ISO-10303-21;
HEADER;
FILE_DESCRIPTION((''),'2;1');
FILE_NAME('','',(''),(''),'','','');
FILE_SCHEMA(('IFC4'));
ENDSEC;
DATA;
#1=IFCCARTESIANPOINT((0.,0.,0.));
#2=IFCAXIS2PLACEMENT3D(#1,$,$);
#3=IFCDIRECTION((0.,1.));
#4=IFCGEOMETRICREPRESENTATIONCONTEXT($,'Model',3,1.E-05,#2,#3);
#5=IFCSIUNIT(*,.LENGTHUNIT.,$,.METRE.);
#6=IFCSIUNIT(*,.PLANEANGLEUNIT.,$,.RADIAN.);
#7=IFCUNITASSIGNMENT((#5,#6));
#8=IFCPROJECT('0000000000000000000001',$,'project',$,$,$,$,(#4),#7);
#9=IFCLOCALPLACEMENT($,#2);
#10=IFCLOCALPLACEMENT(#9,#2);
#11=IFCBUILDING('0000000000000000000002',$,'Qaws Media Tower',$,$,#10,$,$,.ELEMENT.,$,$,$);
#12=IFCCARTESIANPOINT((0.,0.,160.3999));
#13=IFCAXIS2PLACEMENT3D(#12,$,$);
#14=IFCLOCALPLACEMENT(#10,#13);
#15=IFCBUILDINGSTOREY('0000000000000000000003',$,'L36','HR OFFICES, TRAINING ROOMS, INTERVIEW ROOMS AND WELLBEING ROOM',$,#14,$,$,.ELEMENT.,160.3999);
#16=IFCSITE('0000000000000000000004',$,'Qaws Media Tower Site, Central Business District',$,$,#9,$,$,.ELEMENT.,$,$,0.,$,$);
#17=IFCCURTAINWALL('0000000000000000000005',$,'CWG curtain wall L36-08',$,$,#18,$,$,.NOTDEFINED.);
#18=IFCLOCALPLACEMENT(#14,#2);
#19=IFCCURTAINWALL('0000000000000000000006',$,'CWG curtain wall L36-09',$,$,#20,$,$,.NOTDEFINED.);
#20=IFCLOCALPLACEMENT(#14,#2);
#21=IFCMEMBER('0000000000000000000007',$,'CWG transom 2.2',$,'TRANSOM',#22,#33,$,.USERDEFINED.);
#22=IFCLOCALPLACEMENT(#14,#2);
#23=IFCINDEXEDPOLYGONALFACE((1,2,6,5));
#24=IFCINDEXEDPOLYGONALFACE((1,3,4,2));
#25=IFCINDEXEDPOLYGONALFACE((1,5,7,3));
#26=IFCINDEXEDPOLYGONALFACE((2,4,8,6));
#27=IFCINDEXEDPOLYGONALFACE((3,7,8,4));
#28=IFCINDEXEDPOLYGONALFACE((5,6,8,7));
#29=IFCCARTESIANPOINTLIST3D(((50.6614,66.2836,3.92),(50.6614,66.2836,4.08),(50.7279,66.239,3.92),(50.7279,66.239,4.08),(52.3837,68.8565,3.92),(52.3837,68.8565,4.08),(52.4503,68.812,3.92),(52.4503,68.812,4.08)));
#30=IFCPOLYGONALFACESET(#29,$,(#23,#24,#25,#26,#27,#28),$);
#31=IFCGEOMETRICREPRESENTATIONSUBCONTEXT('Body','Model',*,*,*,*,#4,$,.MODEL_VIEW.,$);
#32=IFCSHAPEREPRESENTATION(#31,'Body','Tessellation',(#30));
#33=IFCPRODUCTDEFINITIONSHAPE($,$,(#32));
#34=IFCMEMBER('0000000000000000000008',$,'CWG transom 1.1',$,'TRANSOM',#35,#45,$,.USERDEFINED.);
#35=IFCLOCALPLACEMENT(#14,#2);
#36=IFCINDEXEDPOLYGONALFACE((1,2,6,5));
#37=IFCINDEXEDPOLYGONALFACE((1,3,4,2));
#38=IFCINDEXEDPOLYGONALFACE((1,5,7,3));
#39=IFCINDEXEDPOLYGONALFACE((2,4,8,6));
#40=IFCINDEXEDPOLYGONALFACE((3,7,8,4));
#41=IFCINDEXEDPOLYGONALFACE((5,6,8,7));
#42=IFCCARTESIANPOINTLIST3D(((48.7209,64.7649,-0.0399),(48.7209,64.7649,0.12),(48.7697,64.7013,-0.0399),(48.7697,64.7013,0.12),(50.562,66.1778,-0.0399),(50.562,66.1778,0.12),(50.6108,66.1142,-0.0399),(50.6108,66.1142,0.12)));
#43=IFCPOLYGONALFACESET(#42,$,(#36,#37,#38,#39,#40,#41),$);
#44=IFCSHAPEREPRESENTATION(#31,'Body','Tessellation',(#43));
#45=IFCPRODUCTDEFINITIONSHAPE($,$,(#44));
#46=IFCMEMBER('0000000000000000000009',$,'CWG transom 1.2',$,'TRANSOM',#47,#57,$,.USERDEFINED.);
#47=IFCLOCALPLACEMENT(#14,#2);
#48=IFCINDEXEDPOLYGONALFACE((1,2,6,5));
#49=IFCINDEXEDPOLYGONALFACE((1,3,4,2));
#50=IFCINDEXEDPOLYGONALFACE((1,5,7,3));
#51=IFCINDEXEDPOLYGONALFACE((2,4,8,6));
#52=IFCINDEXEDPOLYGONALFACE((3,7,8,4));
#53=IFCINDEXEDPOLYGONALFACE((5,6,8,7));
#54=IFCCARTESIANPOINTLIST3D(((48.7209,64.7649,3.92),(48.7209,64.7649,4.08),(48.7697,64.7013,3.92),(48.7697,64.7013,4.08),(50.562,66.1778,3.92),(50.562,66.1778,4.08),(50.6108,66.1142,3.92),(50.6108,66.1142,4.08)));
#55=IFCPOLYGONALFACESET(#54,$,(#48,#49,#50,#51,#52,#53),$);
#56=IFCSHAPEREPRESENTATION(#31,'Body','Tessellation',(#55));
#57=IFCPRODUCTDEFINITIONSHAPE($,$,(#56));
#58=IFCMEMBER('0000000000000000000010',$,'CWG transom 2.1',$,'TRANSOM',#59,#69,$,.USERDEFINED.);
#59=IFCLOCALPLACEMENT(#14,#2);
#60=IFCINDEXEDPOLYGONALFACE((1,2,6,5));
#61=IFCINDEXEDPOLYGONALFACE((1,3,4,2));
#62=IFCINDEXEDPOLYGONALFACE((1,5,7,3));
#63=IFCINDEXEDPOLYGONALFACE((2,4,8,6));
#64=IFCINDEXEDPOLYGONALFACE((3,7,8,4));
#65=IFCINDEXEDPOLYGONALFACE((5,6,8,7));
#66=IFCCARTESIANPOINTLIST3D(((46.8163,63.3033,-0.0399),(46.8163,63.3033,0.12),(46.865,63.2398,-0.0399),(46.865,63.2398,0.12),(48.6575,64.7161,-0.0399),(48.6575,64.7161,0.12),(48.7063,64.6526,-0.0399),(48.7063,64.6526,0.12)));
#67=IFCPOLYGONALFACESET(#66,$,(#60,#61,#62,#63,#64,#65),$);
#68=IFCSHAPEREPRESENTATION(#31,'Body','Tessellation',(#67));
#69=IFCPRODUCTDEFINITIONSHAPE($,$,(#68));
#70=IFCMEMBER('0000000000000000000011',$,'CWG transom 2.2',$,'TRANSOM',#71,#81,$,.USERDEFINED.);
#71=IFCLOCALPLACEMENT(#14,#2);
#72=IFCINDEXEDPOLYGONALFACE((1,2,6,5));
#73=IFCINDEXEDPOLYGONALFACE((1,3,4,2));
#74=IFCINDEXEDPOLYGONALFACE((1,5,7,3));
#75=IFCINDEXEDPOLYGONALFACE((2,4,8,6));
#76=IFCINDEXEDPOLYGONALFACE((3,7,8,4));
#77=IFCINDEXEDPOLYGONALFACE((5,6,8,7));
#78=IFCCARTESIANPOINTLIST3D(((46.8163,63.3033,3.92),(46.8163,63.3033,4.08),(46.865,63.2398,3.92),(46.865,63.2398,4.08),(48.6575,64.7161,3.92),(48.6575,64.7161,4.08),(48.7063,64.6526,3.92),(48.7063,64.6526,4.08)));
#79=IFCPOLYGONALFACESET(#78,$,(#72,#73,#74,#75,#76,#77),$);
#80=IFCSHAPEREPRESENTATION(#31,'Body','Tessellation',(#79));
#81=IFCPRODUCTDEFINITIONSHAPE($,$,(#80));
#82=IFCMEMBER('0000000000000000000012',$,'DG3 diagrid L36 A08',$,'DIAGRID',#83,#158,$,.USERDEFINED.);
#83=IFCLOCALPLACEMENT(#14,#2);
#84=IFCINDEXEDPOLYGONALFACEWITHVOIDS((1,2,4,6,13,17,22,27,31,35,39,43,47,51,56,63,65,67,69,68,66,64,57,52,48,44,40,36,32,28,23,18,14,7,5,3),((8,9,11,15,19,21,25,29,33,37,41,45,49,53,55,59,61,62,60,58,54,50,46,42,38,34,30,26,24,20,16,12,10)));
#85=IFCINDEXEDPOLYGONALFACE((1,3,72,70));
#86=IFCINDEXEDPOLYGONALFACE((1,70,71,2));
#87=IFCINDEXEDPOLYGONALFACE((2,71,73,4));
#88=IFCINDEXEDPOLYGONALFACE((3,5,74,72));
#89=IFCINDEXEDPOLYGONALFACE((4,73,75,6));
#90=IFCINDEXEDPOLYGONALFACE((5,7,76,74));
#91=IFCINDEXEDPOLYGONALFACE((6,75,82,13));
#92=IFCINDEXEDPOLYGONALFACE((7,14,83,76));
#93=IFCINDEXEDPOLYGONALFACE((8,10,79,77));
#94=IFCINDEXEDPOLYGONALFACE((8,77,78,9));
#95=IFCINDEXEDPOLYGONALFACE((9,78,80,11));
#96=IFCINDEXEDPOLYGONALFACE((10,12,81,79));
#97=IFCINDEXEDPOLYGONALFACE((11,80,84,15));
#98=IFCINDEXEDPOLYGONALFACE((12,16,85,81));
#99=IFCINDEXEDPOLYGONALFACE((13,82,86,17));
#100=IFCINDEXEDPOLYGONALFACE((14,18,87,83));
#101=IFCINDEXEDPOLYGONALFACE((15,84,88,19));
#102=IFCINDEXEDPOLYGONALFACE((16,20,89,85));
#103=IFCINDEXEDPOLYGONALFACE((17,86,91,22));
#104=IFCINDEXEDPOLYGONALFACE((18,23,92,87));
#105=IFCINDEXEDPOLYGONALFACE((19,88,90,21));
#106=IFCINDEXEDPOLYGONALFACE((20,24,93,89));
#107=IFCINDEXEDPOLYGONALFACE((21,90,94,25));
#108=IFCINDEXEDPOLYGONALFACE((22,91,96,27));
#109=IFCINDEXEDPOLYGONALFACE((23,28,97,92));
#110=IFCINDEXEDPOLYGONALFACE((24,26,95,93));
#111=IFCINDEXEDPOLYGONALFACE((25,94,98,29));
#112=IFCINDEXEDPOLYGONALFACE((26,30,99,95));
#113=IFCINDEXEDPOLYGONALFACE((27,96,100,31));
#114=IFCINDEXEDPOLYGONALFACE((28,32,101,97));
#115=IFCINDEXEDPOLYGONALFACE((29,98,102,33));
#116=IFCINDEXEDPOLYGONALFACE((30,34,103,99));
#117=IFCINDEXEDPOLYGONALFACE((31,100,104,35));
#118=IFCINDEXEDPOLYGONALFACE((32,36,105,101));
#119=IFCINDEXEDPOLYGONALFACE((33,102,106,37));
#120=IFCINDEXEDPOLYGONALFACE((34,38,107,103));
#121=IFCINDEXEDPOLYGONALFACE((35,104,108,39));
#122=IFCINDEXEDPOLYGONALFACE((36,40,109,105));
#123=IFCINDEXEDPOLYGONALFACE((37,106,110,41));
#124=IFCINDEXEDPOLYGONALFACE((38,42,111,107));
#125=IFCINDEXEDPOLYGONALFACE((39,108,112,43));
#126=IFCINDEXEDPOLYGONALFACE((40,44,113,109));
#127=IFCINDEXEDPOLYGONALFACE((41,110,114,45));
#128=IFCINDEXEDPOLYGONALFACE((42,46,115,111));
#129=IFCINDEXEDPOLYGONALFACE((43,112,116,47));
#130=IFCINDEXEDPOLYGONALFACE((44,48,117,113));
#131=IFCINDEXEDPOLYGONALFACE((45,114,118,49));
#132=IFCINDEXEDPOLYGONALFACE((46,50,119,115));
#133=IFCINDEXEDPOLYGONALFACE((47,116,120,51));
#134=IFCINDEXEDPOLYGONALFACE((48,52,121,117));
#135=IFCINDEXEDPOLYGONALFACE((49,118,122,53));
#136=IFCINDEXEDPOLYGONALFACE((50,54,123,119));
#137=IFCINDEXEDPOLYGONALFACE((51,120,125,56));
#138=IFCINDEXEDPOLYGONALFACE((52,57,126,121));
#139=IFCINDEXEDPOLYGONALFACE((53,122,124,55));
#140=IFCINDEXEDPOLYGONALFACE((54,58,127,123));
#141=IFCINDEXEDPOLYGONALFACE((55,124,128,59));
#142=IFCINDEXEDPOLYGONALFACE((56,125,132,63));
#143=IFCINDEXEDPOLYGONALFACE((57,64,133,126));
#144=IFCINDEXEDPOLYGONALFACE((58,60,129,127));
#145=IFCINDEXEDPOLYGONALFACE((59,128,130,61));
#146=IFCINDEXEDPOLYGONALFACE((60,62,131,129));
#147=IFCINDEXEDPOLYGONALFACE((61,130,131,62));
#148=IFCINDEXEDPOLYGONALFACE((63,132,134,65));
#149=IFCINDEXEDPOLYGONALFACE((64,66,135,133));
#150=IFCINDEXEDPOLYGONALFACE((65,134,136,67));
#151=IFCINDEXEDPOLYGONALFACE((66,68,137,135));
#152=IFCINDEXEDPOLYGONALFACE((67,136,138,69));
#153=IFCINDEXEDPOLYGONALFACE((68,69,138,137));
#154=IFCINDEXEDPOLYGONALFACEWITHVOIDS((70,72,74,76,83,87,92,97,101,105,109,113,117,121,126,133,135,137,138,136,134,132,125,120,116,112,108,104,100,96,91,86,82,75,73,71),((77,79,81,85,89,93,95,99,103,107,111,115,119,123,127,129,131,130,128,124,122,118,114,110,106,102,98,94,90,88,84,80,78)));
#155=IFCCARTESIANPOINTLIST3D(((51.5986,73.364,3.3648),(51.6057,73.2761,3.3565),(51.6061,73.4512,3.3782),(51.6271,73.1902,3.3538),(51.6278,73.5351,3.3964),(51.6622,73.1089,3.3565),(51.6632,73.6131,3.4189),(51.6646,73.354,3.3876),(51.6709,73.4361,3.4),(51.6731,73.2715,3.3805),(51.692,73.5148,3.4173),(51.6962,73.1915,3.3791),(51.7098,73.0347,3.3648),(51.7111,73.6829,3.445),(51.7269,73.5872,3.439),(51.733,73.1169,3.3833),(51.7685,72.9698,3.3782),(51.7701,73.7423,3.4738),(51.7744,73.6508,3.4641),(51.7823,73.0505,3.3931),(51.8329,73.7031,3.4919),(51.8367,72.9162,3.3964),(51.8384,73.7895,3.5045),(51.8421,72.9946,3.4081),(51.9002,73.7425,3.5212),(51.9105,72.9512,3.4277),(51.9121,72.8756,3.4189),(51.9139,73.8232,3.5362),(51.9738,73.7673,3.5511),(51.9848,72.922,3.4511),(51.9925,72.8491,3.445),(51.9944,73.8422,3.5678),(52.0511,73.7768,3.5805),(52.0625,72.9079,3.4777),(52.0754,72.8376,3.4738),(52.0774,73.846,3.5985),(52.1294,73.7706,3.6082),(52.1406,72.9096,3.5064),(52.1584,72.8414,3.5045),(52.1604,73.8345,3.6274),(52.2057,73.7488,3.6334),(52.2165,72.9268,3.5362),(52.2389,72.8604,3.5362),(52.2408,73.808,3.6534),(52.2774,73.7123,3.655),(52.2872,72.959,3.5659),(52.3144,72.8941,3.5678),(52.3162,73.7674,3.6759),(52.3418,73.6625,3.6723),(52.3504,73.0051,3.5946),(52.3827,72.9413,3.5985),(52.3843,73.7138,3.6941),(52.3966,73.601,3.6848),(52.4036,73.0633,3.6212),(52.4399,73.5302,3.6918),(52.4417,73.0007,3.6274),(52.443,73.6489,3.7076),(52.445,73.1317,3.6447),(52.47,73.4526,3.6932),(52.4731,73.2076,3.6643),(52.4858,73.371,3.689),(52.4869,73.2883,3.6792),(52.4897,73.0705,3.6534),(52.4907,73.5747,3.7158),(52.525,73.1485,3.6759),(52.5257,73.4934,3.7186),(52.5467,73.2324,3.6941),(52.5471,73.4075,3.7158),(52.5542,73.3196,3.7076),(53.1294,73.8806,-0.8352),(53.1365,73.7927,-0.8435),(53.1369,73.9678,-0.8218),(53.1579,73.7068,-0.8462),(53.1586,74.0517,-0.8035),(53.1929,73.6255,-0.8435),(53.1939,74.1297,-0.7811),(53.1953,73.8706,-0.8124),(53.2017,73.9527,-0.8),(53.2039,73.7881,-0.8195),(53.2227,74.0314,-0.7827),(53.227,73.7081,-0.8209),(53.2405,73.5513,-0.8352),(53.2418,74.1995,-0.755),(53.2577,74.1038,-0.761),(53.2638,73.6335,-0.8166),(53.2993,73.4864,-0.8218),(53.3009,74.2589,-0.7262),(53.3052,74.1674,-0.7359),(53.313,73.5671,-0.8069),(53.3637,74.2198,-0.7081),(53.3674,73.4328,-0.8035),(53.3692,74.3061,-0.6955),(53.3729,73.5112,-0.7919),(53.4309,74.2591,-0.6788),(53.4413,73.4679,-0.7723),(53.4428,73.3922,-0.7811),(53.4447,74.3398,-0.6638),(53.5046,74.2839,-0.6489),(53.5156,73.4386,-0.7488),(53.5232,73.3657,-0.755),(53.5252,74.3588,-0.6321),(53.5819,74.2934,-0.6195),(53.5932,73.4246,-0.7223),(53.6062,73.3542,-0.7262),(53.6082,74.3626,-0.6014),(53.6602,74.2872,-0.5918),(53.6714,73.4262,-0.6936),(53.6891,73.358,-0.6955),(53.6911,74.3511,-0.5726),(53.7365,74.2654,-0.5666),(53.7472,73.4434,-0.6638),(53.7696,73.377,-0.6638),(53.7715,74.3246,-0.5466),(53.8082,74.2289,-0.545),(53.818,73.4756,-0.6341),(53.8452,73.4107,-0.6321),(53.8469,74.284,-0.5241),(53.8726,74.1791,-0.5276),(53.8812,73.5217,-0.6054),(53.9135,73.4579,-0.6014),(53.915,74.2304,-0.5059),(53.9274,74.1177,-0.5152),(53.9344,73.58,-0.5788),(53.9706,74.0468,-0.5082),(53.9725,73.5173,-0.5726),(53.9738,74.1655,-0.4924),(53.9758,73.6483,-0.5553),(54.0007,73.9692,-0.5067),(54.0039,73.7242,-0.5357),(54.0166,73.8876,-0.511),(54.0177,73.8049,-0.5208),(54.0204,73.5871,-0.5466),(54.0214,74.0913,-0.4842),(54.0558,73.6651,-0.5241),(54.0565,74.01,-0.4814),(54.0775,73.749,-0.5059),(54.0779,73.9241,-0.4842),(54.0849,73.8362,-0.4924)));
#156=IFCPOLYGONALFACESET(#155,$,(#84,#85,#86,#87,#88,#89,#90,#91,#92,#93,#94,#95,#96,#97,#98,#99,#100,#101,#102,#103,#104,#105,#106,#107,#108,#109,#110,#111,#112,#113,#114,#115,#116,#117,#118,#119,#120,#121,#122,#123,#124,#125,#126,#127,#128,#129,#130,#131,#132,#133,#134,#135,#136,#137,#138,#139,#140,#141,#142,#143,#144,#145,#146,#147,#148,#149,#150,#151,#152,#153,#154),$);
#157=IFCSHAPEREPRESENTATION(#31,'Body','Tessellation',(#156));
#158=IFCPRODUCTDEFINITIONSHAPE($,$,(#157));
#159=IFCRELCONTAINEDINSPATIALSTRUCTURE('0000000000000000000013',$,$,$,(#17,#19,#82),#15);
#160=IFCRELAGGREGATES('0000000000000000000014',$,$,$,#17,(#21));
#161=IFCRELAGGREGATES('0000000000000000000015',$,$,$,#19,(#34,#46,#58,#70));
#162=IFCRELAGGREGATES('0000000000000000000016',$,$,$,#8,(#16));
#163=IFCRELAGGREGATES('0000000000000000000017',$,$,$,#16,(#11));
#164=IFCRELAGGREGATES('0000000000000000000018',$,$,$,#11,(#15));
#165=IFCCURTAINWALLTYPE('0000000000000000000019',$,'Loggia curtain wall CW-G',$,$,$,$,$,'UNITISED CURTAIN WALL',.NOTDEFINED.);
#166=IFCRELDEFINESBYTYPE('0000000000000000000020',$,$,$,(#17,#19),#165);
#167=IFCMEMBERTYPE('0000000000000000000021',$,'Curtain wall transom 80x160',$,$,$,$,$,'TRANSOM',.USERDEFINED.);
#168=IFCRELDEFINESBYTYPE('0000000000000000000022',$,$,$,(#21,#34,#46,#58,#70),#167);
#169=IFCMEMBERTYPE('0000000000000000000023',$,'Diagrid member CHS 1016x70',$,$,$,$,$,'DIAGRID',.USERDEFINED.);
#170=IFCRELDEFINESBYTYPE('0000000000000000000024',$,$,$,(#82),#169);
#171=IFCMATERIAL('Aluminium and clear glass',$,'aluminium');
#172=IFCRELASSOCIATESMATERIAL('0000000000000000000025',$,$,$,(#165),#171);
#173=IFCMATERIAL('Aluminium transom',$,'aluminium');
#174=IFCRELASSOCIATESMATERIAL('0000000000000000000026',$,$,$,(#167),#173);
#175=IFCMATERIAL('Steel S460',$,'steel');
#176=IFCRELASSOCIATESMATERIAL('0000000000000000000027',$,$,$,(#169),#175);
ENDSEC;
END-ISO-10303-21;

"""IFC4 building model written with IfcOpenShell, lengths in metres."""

from ifc_helpers import new_model, si_unit, direction, frame, origin, origin_2d, place, context, subcontext, project, spatial, rectangle, hollow_circle, extrude, material, material_profile, profile_set, type_object, element, aggregate, save


model = new_model("IFC4")

# Units and contexts
model_context = context("Model", 3, precision=1e-05, world=origin(), true_north=direction((0.0, 1.0)))
body_context = subcontext(model_context, "Body", "Model", "MODEL_VIEW")
ifc_project = project(units=[si_unit("LENGTHUNIT", "METRE"), si_unit("PLANEANGLEUNIT", "RADIAN")], contexts=[model_context])

# Site, building, storey
site_placement = place(None, origin())
site = spatial("IfcSite", under=ifc_project, at=site_placement, Name="Qaws Media Tower Site, Central Business District", CompositionType="ELEMENT", RefElevation=0.0)
building_placement = place(site_placement, origin())
building = spatial("IfcBuilding", under=site, at=building_placement, Name="Qaws Media Tower", CompositionType="ELEMENT")
storey_placement = place(building_placement, frame((0.0, 0.0, 160.3999)))
storey = spatial("IfcBuildingStorey", under=building, at=storey_placement, Name="L36", Description="HR OFFICES, TRAINING ROOMS, INTERVIEW ROOMS AND WELLBEING ROOM", CompositionType="ELEMENT", Elevation=160.3999)

# Curtain walls
ifc_material_1 = material(Name="Aluminium and clear glass", Category="aluminium")
curtain_wall_type = type_object("IfcCurtainWallType", Name="Loggia curtain wall CW-G", ElementType="UNITISED CURTAIN WALL", PredefinedType="NOTDEFINED", material=ifc_material_1)
curtain_wall_1_placement = place(storey_placement, origin())
curtain_wall_1 = element("IfcCurtainWall", 1, at=curtain_wall_1_placement, inside=storey, type_object=curtain_wall_type, Name="CWG curtain wall L36-08", PredefinedType="NOTDEFINED")
curtain_wall_2_placement = place(storey_placement, origin())
curtain_wall_2 = element("IfcCurtainWall", 2, at=curtain_wall_2_placement, inside=storey, type_object=curtain_wall_type, Name="CWG curtain wall L36-09", PredefinedType="NOTDEFINED")

# Members
ifc_material_2 = material(Name="Aluminium transom", Category="aluminium")
ifc_material_profile_1 = material_profile(ifc_material_2, rectangle(XDim=0.0801, YDim=0.1599, at=origin_2d()), Name="80x160")
ifc_profile_set_1 = profile_set([ifc_material_profile_1], Name="Aluminium transom")
member_type_1 = type_object("IfcMemberType", Name="Curtain wall transom 80x160", ElementType="TRANSOM", PredefinedType="USERDEFINED", material=ifc_profile_set_1)
member_1_placement = place(storey_placement, frame((52.417, 68.8342, 4.0), z_axis=(-0.556282, -0.830993, 0.0), x_axis=(0.830993, -0.556282, 0.0)))
member_1 = element("IfcMember", 3, at=member_1_placement, type_object=member_type_1, Name="CWG transom 2.2", ObjectType="TRANSOM", PredefinedType="USERDEFINED", context=body_context, shape_type="SweptSolid", body=[
    extrude(rectangle(XDim=0.0801, YDim=0.1599, at=origin_2d()), origin(), (0.0, 0.0, 1.0), 3.0962),
])
member_2_placement = place(storey_placement, frame((50.5864, 66.146, 0.04), z_axis=(-0.793324, -0.6088, 0.0), x_axis=(0.6088, -0.793324, 0.0)))
member_2 = element("IfcMember", 4, at=member_2_placement, type_object=member_type_1, Name="CWG transom 1.1", ObjectType="TRANSOM", PredefinedType="USERDEFINED", context=body_context, shape_type="SweptSolid", body=[
    extrude(rectangle(XDim=0.0801, YDim=0.1599, at=origin_2d()), origin(), (0.0, 0.0, 1.0), 2.3208),
])
member_3_placement = place(storey_placement, frame((50.5864, 66.146, 4.0), z_axis=(-0.793324, -0.6088, 0.0), x_axis=(0.6088, -0.793324, 0.0)))
member_3 = element("IfcMember", 5, at=member_3_placement, type_object=member_type_1, Name="CWG transom 1.2", ObjectType="TRANSOM", PredefinedType="USERDEFINED", context=body_context, shape_type="SweptSolid", body=[
    extrude(rectangle(XDim=0.0801, YDim=0.1599, at=origin_2d()), origin(), (0.0, 0.0, 1.0), 2.3208),
])
member_4_placement = place(storey_placement, frame((48.6819, 64.6843, 0.04), z_axis=(-0.793362, -0.60875, 0.0), x_axis=(0.60875, -0.793362, 0.0)))
member_4 = element("IfcMember", 6, at=member_4_placement, type_object=member_type_1, Name="CWG transom 2.1", ObjectType="TRANSOM", PredefinedType="USERDEFINED", context=body_context, shape_type="SweptSolid", body=[
    extrude(rectangle(XDim=0.0801, YDim=0.1599, at=origin_2d()), origin(), (0.0, 0.0, 1.0), 2.3208),
])
member_5_placement = place(storey_placement, frame((48.6819, 64.6843, 4.0), z_axis=(-0.793362, -0.60875, 0.0), x_axis=(0.60875, -0.793362, 0.0)))
member_5 = element("IfcMember", 7, at=member_5_placement, type_object=member_type_1, Name="CWG transom 2.2", ObjectType="TRANSOM", PredefinedType="USERDEFINED", context=body_context, shape_type="SweptSolid", body=[
    extrude(rectangle(XDim=0.0801, YDim=0.1599, at=origin_2d()), origin(), (0.0, 0.0, 1.0), 2.3208),
])

# Member
ifc_material_3 = material(Name="Steel S460", Category="steel")
ifc_material_profile_2 = material_profile(ifc_material_3, hollow_circle(Radius=0.5081, WallThickness=0.0701, at=origin_2d()), Name="CHS 1016x70")
ifc_profile_set_2 = profile_set([ifc_material_profile_2], Name="Steel S460")
member_type_2 = type_object("IfcMemberType", Name="Diagrid member CHS 1016x70", ElementType="DIAGRID", PredefinedType="USERDEFINED", material=ifc_profile_set_2)
member_6_placement = place(storey_placement, frame((53.6072, 73.8584, -0.6638), z_axis=(-0.340172, -0.114801, 0.933329), x_axis=(0.319762, -0.947498, 0.0)))
element("IfcMember", 8, at=member_6_placement, inside=storey, type_object=member_type_2, Name="DG3 diagrid L36 A08", ObjectType="DIAGRID", PredefinedType="USERDEFINED", context=body_context, shape_type="SweptSolid", body=[
    extrude(hollow_circle(Radius=0.5081, WallThickness=0.0701, at=origin_2d()), origin(), (0.0, 0.0, 1.0), 4.5),
])

aggregate(curtain_wall_1, [member_1])
aggregate(curtain_wall_2, [member_2, member_3, member_4, member_5])

save(model, "model.ifc")
